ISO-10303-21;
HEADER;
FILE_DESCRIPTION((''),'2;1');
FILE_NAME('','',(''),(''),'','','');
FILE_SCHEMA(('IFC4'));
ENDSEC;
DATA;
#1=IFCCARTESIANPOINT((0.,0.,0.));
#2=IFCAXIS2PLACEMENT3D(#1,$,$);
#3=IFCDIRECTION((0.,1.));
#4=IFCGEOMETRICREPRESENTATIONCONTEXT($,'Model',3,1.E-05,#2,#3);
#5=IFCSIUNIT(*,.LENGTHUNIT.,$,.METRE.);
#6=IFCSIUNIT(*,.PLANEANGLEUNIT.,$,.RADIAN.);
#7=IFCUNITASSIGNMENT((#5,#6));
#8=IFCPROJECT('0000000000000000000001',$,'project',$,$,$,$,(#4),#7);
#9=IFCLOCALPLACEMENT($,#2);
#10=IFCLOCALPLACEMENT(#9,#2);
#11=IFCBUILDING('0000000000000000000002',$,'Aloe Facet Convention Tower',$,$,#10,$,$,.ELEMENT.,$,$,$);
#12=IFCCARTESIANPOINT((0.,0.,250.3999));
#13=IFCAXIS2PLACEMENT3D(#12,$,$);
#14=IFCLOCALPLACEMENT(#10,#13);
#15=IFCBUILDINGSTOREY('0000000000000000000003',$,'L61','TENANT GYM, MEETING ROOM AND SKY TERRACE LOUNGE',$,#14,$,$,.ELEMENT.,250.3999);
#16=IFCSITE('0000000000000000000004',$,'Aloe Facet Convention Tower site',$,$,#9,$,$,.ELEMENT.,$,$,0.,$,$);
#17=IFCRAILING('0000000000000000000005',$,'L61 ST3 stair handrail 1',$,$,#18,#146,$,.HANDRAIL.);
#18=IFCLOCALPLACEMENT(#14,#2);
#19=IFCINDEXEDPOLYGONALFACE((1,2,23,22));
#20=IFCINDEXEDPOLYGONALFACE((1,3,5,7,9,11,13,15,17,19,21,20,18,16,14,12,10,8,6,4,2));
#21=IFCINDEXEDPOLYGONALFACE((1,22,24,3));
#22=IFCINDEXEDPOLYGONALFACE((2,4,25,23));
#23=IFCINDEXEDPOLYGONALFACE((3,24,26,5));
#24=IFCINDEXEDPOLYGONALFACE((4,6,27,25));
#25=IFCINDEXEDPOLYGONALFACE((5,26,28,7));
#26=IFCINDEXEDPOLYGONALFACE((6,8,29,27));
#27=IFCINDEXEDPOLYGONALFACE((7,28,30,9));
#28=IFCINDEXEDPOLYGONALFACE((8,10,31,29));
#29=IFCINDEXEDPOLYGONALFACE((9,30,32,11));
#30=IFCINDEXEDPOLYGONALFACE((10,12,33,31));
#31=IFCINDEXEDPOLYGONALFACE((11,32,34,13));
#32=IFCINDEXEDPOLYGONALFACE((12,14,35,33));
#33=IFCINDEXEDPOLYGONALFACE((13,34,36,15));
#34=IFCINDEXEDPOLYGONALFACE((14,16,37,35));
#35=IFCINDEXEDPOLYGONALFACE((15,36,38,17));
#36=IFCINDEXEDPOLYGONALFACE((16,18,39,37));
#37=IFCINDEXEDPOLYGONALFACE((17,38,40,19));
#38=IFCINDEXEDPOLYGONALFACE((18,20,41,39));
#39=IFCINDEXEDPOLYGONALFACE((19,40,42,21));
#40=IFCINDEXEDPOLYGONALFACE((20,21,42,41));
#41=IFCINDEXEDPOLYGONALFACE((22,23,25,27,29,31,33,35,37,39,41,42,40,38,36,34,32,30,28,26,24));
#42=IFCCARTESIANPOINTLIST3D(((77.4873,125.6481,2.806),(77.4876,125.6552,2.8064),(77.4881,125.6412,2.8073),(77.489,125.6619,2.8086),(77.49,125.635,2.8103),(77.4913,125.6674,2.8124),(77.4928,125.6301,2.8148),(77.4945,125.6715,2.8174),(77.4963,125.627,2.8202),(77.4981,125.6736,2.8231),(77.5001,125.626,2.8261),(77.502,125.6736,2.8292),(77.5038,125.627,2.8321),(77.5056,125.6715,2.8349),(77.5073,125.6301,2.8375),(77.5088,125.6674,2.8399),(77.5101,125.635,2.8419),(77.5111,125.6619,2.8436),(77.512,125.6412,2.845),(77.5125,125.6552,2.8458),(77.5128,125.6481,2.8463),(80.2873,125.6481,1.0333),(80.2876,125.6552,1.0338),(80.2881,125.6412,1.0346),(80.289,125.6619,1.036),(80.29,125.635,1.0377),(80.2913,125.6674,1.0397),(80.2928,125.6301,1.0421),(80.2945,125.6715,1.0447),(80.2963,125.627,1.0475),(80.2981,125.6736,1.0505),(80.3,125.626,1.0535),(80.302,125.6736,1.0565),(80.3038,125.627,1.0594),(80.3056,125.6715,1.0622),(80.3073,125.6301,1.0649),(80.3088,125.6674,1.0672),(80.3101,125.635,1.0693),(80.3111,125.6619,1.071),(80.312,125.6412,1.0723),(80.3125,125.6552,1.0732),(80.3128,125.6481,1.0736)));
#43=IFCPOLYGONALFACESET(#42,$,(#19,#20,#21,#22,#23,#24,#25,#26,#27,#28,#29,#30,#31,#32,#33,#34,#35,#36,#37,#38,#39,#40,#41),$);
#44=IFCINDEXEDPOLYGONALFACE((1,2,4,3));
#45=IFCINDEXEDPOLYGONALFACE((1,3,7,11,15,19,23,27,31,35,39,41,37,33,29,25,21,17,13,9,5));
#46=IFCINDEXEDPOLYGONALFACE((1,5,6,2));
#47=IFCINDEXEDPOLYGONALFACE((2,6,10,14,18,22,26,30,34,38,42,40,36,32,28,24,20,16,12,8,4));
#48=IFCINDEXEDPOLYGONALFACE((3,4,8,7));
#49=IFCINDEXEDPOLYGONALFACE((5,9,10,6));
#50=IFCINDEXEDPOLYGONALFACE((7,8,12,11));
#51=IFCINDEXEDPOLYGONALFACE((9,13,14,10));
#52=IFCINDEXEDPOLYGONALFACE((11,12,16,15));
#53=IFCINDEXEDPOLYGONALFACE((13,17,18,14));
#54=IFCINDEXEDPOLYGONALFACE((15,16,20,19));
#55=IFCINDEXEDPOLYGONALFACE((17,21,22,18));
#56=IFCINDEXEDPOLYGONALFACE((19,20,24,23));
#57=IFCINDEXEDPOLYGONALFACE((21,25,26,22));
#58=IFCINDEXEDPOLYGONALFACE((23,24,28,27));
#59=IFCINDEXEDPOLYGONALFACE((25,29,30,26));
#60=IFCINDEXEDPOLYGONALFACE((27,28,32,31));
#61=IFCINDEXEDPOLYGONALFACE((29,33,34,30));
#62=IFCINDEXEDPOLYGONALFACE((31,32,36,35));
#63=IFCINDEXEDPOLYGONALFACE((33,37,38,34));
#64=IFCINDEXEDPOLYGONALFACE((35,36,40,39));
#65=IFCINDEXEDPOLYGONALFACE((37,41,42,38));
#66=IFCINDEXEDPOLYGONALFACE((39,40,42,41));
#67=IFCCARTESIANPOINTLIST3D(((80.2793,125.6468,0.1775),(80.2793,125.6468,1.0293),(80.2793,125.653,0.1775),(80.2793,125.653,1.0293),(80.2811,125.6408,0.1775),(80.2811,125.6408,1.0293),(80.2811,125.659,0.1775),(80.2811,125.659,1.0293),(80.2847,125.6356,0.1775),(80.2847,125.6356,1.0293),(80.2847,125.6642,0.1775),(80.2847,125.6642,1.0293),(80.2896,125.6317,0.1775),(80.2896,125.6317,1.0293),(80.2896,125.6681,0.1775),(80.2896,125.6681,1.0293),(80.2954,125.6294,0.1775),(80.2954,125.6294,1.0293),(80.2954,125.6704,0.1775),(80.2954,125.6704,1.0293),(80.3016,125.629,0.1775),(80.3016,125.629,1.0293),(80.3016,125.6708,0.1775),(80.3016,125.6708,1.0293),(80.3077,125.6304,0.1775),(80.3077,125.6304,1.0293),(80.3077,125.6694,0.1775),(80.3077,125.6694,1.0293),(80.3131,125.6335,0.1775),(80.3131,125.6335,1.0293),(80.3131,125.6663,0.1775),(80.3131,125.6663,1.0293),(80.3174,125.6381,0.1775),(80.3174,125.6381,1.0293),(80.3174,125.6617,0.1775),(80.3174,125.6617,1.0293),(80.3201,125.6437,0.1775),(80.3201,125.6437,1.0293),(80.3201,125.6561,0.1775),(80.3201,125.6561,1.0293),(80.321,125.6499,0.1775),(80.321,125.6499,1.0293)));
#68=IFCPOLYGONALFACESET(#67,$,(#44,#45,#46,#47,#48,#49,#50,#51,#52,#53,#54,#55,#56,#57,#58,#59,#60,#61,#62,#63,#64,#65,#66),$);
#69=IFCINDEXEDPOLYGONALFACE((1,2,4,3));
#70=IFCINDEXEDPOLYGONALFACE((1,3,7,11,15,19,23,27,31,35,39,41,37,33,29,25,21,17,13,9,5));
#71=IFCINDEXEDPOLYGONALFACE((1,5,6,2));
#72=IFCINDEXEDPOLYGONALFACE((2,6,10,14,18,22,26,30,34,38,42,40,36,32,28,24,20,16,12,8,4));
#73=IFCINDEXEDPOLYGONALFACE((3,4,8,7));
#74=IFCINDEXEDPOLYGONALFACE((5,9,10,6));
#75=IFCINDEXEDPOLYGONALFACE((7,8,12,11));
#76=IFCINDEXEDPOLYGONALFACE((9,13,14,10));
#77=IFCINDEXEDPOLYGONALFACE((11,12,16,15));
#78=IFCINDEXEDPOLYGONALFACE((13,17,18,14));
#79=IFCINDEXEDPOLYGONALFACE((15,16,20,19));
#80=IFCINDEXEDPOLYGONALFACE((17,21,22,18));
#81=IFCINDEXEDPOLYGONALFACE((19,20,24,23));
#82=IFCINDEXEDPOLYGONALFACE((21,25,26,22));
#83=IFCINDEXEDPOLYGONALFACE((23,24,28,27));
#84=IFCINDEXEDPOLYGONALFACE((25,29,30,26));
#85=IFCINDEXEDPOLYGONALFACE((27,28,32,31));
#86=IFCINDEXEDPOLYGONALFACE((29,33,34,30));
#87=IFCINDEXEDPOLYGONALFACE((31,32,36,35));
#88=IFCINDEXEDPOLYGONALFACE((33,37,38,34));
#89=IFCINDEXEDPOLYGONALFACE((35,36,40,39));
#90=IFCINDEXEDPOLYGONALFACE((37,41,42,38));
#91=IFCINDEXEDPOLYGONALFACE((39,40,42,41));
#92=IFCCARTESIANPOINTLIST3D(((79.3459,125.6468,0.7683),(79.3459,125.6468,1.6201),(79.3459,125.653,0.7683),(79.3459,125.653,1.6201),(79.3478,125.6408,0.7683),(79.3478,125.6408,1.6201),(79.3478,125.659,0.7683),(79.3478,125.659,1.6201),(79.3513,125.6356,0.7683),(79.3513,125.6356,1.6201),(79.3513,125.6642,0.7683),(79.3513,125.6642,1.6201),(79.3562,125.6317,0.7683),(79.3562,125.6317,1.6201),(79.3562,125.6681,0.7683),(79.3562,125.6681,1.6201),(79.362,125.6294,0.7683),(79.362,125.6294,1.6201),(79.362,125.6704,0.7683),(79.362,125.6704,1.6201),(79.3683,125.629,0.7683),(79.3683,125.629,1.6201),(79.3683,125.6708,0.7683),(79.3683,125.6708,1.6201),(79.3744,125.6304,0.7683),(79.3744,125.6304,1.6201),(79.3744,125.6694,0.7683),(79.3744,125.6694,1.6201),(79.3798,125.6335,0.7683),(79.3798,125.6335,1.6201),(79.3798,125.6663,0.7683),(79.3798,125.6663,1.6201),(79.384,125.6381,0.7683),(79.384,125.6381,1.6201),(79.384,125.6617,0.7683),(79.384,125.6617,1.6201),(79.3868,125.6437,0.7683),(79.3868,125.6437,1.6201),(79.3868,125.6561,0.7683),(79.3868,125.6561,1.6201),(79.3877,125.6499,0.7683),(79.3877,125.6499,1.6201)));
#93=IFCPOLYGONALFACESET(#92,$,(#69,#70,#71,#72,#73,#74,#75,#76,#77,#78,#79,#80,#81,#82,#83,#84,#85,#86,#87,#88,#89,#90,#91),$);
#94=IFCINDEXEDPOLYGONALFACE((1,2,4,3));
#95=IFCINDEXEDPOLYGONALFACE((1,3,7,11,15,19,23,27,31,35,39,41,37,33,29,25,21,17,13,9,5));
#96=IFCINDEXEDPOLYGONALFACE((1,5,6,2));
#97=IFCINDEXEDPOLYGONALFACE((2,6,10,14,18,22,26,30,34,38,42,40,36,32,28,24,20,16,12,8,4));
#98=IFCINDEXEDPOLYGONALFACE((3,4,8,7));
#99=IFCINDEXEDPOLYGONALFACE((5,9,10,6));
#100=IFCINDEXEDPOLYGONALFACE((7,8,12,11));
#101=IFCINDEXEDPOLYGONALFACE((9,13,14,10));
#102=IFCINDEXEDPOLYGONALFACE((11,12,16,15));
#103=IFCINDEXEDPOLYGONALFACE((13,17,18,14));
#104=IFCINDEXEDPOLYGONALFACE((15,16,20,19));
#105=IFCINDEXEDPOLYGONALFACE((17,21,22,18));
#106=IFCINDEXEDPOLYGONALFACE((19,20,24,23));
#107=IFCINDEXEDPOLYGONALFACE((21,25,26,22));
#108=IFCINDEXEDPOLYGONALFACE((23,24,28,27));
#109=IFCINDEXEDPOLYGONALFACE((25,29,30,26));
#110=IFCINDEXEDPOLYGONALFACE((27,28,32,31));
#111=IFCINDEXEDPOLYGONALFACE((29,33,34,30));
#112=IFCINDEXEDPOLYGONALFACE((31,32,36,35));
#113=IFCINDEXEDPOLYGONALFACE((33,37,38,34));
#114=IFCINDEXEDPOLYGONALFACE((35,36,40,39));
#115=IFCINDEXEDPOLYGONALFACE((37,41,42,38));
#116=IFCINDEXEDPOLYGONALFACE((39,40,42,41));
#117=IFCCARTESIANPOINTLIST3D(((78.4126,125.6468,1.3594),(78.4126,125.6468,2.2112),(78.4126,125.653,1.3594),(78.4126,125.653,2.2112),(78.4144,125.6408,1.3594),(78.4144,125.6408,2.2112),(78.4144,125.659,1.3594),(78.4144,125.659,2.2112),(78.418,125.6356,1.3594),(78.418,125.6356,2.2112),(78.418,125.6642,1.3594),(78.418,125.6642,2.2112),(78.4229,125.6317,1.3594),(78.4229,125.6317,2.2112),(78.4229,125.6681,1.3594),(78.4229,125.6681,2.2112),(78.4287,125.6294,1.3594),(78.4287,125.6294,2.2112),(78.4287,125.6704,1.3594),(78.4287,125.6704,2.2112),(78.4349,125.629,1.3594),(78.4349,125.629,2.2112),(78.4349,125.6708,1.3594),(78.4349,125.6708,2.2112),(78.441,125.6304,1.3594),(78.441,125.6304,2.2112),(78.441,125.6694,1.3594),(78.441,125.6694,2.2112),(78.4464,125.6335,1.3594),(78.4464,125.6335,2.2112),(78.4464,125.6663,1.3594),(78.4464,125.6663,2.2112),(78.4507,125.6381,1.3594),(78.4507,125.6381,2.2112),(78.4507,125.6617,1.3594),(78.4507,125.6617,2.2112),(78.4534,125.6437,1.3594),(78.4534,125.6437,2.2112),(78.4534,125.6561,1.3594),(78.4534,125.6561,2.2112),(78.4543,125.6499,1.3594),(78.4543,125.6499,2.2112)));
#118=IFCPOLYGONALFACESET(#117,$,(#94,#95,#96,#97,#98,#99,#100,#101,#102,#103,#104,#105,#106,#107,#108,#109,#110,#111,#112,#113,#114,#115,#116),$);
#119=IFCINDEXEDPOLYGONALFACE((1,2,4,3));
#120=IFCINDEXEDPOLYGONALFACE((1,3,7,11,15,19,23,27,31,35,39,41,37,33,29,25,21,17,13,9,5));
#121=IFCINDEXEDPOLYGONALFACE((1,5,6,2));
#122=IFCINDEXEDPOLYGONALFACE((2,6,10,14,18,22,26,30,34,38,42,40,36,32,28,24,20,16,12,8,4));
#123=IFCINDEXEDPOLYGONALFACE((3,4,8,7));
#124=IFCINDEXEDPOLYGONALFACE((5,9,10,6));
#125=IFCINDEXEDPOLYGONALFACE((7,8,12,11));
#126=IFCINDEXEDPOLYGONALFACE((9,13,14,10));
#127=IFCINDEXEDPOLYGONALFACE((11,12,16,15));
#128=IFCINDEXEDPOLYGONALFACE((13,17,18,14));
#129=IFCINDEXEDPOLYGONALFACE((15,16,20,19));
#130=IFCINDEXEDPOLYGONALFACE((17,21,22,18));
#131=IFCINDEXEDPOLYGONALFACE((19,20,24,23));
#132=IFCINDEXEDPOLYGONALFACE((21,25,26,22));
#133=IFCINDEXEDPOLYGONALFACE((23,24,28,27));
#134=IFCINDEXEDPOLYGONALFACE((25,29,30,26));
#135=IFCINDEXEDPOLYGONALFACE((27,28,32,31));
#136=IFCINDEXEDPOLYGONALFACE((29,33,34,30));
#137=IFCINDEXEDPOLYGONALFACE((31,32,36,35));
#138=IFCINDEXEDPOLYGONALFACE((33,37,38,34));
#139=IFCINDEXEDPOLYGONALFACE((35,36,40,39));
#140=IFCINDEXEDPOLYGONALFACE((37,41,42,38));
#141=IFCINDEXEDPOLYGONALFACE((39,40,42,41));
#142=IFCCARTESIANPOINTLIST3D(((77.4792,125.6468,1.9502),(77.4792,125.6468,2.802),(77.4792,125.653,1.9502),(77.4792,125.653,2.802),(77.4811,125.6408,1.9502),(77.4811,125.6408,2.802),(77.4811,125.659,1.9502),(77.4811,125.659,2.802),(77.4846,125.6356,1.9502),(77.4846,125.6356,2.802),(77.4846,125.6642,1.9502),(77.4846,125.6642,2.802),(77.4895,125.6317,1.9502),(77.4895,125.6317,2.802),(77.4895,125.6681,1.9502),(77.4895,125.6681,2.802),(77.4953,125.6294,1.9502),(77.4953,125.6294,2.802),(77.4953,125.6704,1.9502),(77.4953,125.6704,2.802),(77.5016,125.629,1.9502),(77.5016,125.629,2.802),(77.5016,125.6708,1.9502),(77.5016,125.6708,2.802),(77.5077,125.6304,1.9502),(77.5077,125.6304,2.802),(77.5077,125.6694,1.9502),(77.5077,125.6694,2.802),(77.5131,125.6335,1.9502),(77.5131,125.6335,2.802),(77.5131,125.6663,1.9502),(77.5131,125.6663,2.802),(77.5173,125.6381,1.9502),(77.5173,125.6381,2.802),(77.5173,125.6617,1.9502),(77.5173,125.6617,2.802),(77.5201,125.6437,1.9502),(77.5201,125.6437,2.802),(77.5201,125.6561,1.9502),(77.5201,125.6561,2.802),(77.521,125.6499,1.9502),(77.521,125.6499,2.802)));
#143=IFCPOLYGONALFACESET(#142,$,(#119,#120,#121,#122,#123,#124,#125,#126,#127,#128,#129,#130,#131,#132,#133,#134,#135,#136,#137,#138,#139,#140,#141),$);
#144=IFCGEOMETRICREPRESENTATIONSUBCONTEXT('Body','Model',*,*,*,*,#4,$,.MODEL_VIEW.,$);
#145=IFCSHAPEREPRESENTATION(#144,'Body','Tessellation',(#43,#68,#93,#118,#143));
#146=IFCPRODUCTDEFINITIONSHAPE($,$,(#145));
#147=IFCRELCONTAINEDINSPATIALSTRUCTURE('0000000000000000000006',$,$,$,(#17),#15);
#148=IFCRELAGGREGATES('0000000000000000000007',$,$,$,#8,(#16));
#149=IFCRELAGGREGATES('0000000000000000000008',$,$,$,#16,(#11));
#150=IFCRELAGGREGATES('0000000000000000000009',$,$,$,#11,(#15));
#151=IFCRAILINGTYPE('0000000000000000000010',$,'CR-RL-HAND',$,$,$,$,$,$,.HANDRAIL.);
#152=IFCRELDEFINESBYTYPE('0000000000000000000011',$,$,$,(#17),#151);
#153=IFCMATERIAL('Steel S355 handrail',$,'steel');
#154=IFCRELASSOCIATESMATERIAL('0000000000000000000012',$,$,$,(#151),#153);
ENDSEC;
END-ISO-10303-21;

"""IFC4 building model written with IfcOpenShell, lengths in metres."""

from ifc_helpers import new_model, si_unit, direction, frame, origin, origin_2d, place, context, subcontext, project, spatial, circle, extrude, material, type_object, element, save


model = new_model("IFC4")

# Units and contexts
model_context = context("Model", 3, precision=1e-05, world=origin(), true_north=direction((0.0, 1.0)))
body_context = subcontext(model_context, "Body", "Model", "MODEL_VIEW")
ifc_project = project(units=[si_unit("LENGTHUNIT", "METRE"), si_unit("PLANEANGLEUNIT", "RADIAN")], contexts=[model_context])

# Site, building, storey
site_placement = place(None, origin())
site = spatial("IfcSite", under=ifc_project, at=site_placement, Name="Aloe Facet Convention Tower site", CompositionType="ELEMENT", RefElevation=0.0)
building_placement = place(site_placement, origin())
building = spatial("IfcBuilding", under=site, at=building_placement, Name="Aloe Facet Convention Tower", CompositionType="ELEMENT")
storey_placement = place(building_placement, frame((0.0, 0.0, 250.3999)))
storey = spatial("IfcBuildingStorey", under=building, at=storey_placement, Name="L61", Description="TENANT GYM, MEETING ROOM AND SKY TERRACE LOUNGE", CompositionType="ELEMENT", Elevation=250.3999)

# Railing
ifc_material_1 = material(Name="Steel S355 handrail", Category="steel")
railing_type_1 = type_object("IfcRailingType", Name="CR-RL-HAND", PredefinedType="HANDRAIL", material=ifc_material_1)
railing_1_placement = place(storey_placement, frame((80.3, 125.6499, 0.1775)))
element("IfcRailing", 1, at=railing_1_placement, inside=storey, type_object=railing_type_1, Name="L61 ST3 stair handrail 1", PredefinedType="HANDRAIL", context=body_context, shape_type="SweptSolid", body=[
    extrude(circle(Radius=0.0239, at=origin_2d()), frame((0.0, 0.0, 0.876), z_axis=(-0.844909, 0.0, 0.53491), x_axis=(0.0, -1.0, 0.0)), (0.0, 0.0, 1.0), 3.314),
    extrude(circle(Radius=0.021, at=origin_2d()), origin(), (0.0, 0.0, 1.0), 0.8518),
    extrude(circle(Radius=0.021, at=origin_2d()), frame((-0.9333, 0.0, 0.5908)), (0.0, 0.0, 1.0), 0.8518),
    extrude(circle(Radius=0.021, at=origin_2d()), frame((-1.8667, 0.0, 1.1819)), (0.0, 0.0, 1.0), 0.8518),
    extrude(circle(Radius=0.021, at=origin_2d()), frame((-2.8, 0.0, 1.7727)), (0.0, 0.0, 1.0), 0.8518),
])

save(model, "model.ifc")
